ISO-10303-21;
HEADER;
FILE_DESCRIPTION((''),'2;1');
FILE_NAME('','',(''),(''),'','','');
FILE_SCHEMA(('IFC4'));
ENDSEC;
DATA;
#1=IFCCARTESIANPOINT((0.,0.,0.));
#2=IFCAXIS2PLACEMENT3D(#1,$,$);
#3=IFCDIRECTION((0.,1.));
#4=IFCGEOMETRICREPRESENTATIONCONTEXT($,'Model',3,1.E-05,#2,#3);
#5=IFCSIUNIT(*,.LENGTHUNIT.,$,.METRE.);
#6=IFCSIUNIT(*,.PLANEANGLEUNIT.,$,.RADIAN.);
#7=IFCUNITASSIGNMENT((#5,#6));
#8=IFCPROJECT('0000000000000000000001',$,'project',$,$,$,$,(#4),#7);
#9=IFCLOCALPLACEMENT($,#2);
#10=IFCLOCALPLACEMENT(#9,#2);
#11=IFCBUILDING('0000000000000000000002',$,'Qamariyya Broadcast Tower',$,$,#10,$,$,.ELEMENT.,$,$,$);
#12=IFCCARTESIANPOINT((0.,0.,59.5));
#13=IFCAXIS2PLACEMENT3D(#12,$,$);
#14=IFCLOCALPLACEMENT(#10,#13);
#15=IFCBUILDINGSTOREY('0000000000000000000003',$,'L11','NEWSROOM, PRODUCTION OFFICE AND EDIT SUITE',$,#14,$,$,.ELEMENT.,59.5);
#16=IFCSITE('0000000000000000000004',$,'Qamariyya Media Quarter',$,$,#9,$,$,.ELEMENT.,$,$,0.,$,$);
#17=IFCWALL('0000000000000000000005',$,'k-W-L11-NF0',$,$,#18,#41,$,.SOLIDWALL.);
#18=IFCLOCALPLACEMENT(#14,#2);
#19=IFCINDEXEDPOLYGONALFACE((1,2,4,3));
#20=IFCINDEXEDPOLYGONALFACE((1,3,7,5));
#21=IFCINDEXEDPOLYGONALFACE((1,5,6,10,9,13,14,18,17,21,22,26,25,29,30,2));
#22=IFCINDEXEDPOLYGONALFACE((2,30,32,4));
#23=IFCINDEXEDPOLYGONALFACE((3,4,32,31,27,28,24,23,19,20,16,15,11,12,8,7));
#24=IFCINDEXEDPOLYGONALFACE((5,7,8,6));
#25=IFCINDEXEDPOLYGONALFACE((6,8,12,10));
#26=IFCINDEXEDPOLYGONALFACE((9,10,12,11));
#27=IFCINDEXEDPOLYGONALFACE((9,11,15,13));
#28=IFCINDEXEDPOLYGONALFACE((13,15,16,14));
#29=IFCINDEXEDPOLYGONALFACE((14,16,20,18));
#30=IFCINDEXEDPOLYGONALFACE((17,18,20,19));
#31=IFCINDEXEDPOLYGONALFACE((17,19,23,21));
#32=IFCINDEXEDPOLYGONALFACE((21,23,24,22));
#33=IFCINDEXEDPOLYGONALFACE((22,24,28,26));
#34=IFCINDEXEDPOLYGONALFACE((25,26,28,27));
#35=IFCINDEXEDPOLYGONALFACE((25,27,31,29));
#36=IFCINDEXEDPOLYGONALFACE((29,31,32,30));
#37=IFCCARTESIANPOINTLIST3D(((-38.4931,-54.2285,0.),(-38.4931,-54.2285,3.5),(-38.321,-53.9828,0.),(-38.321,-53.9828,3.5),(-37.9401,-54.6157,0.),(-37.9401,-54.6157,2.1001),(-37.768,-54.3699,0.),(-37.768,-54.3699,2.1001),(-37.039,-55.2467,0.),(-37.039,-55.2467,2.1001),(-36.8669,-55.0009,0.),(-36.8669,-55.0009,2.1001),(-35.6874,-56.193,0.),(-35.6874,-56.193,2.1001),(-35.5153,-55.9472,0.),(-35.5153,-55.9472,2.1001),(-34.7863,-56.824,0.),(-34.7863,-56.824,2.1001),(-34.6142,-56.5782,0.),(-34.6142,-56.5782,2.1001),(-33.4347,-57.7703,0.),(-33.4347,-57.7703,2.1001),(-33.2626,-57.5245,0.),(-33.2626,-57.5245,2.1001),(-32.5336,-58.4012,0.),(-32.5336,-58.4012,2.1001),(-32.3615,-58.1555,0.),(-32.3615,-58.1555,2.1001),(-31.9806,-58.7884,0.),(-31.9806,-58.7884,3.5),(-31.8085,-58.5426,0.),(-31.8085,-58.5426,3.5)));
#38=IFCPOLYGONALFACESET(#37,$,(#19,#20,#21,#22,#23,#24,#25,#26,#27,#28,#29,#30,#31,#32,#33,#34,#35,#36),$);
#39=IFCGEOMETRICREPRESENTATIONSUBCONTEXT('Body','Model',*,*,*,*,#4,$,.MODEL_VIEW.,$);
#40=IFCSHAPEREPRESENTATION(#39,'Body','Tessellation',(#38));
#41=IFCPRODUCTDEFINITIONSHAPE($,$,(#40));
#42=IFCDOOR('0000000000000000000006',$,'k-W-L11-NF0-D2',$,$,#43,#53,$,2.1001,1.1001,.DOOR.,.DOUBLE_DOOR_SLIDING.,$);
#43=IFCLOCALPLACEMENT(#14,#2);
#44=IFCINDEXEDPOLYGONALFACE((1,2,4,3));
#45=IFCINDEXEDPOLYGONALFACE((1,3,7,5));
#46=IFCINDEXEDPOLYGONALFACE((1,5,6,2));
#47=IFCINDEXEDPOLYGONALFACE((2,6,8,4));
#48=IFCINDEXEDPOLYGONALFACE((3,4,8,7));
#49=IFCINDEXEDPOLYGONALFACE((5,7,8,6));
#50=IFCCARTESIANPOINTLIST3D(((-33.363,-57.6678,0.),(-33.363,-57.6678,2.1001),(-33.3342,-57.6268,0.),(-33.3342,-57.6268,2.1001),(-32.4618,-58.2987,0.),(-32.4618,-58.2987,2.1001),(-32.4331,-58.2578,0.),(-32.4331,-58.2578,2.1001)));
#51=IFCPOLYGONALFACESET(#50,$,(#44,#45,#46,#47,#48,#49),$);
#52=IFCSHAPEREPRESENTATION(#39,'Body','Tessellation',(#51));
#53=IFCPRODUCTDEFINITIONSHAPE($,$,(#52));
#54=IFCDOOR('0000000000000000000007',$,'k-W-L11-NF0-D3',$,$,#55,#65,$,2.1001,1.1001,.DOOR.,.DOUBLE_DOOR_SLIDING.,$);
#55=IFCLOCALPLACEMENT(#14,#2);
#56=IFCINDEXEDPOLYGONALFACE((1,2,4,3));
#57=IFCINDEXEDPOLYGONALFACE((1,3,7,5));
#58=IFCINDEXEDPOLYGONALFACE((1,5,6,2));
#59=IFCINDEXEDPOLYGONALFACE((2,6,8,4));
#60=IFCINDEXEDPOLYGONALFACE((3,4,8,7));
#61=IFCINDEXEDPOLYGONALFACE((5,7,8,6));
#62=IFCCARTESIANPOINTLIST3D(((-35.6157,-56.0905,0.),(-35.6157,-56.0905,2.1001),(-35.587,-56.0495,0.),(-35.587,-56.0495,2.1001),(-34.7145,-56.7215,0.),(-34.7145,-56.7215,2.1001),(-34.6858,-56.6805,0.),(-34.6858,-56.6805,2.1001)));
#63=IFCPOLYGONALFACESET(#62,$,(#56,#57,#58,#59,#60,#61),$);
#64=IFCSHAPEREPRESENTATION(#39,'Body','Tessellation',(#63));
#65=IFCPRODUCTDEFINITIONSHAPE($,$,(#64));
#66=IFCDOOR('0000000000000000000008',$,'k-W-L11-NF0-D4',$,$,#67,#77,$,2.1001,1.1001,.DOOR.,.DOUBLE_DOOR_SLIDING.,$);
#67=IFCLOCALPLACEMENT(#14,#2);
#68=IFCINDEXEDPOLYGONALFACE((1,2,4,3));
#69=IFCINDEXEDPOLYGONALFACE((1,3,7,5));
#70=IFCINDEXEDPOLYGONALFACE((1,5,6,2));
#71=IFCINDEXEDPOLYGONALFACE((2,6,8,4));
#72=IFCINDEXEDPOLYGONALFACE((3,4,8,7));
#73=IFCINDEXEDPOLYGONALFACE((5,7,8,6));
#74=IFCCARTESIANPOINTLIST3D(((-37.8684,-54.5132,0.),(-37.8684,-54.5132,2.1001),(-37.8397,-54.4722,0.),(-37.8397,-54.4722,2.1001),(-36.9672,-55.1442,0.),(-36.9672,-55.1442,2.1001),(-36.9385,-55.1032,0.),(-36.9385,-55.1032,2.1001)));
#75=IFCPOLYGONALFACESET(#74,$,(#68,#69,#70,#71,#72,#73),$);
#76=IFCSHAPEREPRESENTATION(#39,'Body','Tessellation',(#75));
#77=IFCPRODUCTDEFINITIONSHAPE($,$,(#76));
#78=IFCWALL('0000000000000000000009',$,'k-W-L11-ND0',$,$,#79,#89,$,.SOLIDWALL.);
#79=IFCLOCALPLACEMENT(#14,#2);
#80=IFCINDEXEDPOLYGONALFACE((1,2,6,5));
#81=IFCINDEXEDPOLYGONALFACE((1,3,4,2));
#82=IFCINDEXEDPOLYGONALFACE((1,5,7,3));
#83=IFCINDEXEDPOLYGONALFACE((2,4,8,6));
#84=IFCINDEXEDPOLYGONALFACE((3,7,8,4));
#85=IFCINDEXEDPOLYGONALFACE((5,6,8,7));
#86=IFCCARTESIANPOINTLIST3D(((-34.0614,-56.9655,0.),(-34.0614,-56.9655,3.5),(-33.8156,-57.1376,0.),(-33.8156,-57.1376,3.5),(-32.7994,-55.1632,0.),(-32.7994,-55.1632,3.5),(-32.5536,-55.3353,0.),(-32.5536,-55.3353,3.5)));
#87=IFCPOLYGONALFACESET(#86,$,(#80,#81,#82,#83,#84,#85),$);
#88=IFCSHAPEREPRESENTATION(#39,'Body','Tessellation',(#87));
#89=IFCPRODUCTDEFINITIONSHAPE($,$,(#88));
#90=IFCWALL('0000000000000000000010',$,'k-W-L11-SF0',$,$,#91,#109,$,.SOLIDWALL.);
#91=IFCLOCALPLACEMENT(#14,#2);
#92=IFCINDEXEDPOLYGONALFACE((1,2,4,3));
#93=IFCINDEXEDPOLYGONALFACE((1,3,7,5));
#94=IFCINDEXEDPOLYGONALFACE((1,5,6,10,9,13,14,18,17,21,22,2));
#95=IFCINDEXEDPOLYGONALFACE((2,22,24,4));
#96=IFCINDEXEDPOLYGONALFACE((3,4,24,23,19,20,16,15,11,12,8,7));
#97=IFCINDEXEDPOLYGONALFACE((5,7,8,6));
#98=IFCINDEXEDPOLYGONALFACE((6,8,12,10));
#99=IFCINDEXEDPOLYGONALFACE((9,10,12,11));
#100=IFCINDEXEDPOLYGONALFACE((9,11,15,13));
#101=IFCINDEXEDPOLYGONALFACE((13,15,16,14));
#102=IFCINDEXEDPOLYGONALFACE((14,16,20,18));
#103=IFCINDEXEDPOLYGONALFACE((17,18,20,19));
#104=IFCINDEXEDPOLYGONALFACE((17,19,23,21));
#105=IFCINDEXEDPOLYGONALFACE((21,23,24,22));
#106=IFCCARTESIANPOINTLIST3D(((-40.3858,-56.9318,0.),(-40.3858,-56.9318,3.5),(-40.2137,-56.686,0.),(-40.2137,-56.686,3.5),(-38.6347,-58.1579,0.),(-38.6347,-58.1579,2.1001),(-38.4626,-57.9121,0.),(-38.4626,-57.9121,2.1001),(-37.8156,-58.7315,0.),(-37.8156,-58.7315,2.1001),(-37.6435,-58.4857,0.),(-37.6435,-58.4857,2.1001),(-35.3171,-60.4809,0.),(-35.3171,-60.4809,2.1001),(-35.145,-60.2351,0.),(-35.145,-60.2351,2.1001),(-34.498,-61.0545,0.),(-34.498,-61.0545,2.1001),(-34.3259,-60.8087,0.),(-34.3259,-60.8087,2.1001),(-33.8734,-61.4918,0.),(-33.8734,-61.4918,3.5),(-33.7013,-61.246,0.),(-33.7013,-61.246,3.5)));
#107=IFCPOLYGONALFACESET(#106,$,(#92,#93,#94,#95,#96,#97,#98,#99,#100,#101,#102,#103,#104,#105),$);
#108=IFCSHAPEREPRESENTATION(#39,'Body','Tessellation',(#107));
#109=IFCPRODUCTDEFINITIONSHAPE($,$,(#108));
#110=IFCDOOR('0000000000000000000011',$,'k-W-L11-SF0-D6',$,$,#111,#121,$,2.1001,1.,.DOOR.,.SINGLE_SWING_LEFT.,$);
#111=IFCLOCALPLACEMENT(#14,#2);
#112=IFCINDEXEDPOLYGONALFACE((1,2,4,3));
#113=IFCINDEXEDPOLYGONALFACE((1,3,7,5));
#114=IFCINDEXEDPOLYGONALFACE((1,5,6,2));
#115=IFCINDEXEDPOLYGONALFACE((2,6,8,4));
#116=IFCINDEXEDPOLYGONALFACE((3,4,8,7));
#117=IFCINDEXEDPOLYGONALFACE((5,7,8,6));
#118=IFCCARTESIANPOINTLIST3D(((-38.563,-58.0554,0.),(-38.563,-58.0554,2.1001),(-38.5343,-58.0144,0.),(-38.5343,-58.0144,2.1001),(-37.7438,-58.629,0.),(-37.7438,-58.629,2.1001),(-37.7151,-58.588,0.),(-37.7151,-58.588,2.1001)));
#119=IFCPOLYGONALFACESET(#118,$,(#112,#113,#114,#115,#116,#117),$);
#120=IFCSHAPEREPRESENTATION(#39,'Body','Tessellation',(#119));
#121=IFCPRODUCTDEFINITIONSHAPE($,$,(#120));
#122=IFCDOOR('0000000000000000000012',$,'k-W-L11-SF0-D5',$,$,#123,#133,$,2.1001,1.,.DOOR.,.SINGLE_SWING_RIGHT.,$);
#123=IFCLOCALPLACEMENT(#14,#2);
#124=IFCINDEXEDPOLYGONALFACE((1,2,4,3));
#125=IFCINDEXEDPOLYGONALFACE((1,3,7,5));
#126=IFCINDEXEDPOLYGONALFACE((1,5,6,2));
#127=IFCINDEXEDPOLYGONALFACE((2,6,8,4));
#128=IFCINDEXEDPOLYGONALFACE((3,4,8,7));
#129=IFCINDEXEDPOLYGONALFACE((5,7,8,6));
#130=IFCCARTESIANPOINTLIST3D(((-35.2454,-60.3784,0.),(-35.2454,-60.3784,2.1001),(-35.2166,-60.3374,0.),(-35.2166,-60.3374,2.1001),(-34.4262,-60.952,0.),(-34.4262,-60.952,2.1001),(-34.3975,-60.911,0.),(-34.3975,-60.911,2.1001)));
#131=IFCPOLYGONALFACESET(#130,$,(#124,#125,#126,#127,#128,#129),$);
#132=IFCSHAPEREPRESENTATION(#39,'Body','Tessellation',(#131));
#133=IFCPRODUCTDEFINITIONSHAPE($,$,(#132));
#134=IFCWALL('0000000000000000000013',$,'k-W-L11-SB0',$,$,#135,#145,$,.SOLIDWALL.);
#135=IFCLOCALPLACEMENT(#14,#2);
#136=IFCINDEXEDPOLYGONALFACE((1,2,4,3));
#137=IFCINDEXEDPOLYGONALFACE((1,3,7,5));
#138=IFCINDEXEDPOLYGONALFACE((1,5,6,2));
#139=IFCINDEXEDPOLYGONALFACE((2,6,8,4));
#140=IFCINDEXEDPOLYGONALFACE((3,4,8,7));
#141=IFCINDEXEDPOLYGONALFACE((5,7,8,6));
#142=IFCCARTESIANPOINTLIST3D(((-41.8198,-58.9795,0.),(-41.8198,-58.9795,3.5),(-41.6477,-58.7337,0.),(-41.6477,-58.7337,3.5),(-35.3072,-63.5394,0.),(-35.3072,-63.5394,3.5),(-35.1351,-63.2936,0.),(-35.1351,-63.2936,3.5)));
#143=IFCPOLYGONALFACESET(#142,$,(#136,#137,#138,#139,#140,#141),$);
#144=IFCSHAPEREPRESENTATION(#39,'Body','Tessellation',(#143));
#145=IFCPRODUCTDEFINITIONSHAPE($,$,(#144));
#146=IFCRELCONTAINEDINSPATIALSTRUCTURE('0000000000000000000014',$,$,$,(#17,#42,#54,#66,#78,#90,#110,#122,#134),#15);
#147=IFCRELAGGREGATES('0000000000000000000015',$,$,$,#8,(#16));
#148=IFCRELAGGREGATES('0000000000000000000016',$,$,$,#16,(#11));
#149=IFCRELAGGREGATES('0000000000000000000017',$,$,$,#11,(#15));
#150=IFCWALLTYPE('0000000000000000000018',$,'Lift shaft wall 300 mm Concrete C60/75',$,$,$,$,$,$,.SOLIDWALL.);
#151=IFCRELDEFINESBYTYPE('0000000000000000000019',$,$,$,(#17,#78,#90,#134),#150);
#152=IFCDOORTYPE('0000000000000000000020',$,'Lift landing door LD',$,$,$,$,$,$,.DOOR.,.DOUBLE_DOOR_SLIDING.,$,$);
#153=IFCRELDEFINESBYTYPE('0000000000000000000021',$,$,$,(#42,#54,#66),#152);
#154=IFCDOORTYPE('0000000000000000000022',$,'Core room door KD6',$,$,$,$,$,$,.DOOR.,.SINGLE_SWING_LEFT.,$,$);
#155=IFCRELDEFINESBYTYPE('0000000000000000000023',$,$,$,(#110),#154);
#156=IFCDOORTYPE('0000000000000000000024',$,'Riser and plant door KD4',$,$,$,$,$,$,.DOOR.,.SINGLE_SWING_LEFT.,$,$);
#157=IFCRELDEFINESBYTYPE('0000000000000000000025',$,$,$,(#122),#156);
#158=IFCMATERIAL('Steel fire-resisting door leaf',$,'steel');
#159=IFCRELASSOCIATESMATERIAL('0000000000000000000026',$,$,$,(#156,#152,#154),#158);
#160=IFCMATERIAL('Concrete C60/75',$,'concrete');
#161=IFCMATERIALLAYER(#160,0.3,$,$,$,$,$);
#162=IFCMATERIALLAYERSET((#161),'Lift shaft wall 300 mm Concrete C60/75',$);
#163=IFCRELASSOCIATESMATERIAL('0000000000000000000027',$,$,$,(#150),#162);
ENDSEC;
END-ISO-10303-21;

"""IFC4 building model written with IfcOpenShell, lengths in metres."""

from ifc_helpers import new_model, si_unit, direction, frame, frame_2d, origin, place, context, subcontext, project, spatial, rectangle, extrude, material, layer, layer_set, type_object, element, fill, save


model = new_model("IFC4")

# Units and contexts
model_context = context("Model", 3, precision=1e-05, world=origin(), true_north=direction((0.0, 1.0)))
body_context = subcontext(model_context, "Body", "Model", "MODEL_VIEW")
ifc_project = project(units=[si_unit("LENGTHUNIT", "METRE"), si_unit("PLANEANGLEUNIT", "RADIAN")], contexts=[model_context])

# Site, building, storey
site_placement = place(None, origin())
site = spatial("IfcSite", under=ifc_project, at=site_placement, Name="Qamariyya Media Quarter", CompositionType="ELEMENT", RefElevation=0.0)
building_placement = place(site_placement, origin())
building = spatial("IfcBuilding", under=site, at=building_placement, Name="Qamariyya Broadcast Tower", CompositionType="ELEMENT")
storey_placement = place(building_placement, frame((0.0, 0.0, 59.5)))
storey = spatial("IfcBuildingStorey", under=building, at=storey_placement, Name="L11", Description="NEWSROOM, PRODUCTION OFFICE AND EDIT SUITE", CompositionType="ELEMENT", Elevation=59.5)

# Shared definitions
ifc_material_1 = material(Name="Steel fire-resisting door leaf", Category="steel")

# Shared definitions
door_type_1 = type_object("IfcDoorType", Name="Riser and plant door KD4", OperationType="SINGLE_SWING_LEFT", PredefinedType="DOOR", material=ifc_material_1)

# Wall, openings, doors
ifc_material_2 = material(Name="Concrete C60/75", Category="concrete")
ifc_layer_1 = layer(ifc_material_2, 0.3)
ifc_layer_set_1 = layer_set([ifc_layer_1], Name="Lift shaft wall 300 mm Concrete C60/75")
wall_type_1 = type_object("IfcWallType", Name="Lift shaft wall 300 mm Concrete C60/75", PredefinedType="SOLIDWALL", material=ifc_layer_set_1)
wall_1_placement = place(storey_placement, frame((-31.8945, -58.6655, 0.0), z_axis=(0.0, 0.0, 1.0), x_axis=(-0.819167, 0.573555, 0.0)))
wall_1 = element("IfcWall", 1, at=wall_1_placement, inside=storey, type_object=wall_type_1, Name="k-W-L11-NF0", PredefinedType="SOLIDWALL", context=body_context, shape_type="SweptSolid", body=[
    extrude(rectangle(XDim=7.9502, YDim=0.3, at=frame_2d((3.9751, 0.0))), origin(), (0.0, 0.0, 1.0), 3.5),
])
opening_1_placement = place(wall_1_placement, frame((0.675, 0.0, 0.0)))
opening_1 = element("IfcOpeningElement", 2, at=opening_1_placement, cuts=wall_1, PredefinedType="OPENING", context=body_context, shape_type="SweptSolid", body=[
    extrude(rectangle(XDim=1.1001, YDim=2.1001, at=frame_2d((0.55, 1.05))), frame((0.0, 0.1599, 0.0), z_axis=(0.0, -1.0, 0.0), x_axis=(1.0, 0.0, 0.0)), (0.0, 0.0, 1.0), 0.3201),
])
opening_2_placement = place(wall_1_placement, frame((3.425, 0.0, 0.0)))
opening_2 = element("IfcOpeningElement", 3, at=opening_2_placement, cuts=wall_1, PredefinedType="OPENING", context=body_context, shape_type="SweptSolid", body=[
    extrude(rectangle(XDim=1.1001, YDim=2.1001, at=frame_2d((0.55, 1.05))), frame((0.0, 0.1599, 0.0), z_axis=(0.0, -1.0, 0.0), x_axis=(1.0, 0.0, 0.0)), (0.0, 0.0, 1.0), 0.3201),
])
opening_3_placement = place(wall_1_placement, frame((6.175, 0.0, 0.0)))
opening_3 = element("IfcOpeningElement", 4, at=opening_3_placement, cuts=wall_1, PredefinedType="OPENING", context=body_context, shape_type="SweptSolid", body=[
    extrude(rectangle(XDim=1.1001, YDim=2.1001, at=frame_2d((0.55, 1.05))), frame((0.0, 0.1599, 0.0), z_axis=(0.0, -1.0, 0.0), x_axis=(1.0, 0.0, 0.0)), (0.0, 0.0, 1.0), 0.3201),
])
door_type_2 = type_object("IfcDoorType", Name="Lift landing door LD", OperationType="DOUBLE_DOOR_SLIDING", PredefinedType="DOOR", material=ifc_material_1)
door_1_placement = place(opening_1_placement, origin())
door_1 = element("IfcDoor", 5, at=door_1_placement, inside=storey, type_object=door_type_2, Name="k-W-L11-NF0-D2", OperationType="DOUBLE_DOOR_SLIDING", OverallHeight=2.1001, OverallWidth=1.1001, PredefinedType="DOOR", context=body_context, shape_type="SweptSolid", body=[
    extrude(rectangle(XDim=1.1001, YDim=2.1001, at=frame_2d((0.55, 1.05))), frame((0.0, 0.0249, 0.0), z_axis=(0.0, -1.0, 0.0), x_axis=(1.0, 0.0, 0.0)), (0.0, 0.0, 1.0), 0.05),
])
fill(opening_1, door_1)
door_2_placement = place(opening_2_placement, origin())
door_2 = element("IfcDoor", 6, at=door_2_placement, inside=storey, type_object=door_type_2, Name="k-W-L11-NF0-D3", OperationType="DOUBLE_DOOR_SLIDING", OverallHeight=2.1001, OverallWidth=1.1001, PredefinedType="DOOR", context=body_context, shape_type="SweptSolid", body=[
    extrude(rectangle(XDim=1.1001, YDim=2.1001, at=frame_2d((0.55, 1.05))), frame((0.0, 0.0249, 0.0), z_axis=(0.0, -1.0, 0.0), x_axis=(1.0, 0.0, 0.0)), (0.0, 0.0, 1.0), 0.05),
])
fill(opening_2, door_2)
door_3_placement = place(opening_3_placement, origin())
door_3 = element("IfcDoor", 7, at=door_3_placement, inside=storey, type_object=door_type_2, Name="k-W-L11-NF0-D4", OperationType="DOUBLE_DOOR_SLIDING", OverallHeight=2.1001, OverallWidth=1.1001, PredefinedType="DOOR", context=body_context, shape_type="SweptSolid", body=[
    extrude(rectangle(XDim=1.1001, YDim=2.1001, at=frame_2d((0.55, 1.05))), frame((0.0, 0.0249, 0.0), z_axis=(0.0, -1.0, 0.0), x_axis=(1.0, 0.0, 0.0)), (0.0, 0.0, 1.0), 0.05),
])
fill(opening_3, door_3)

# Wall
wall_2_placement = place(storey_placement, frame((-33.9385, -57.0515, 0.0), z_axis=(0.0, 0.0, 1.0), x_axis=(0.573581, 0.819149, 0.0)))
element("IfcWall", 8, at=wall_2_placement, inside=storey, type_object=wall_type_1, Name="k-W-L11-ND0", PredefinedType="SOLIDWALL", context=body_context, shape_type="SweptSolid", body=[
    extrude(rectangle(XDim=2.2002, YDim=0.3, at=frame_2d((1.1001, 0.0))), origin(), (0.0, 0.0, 1.0), 3.5),
])

# Wall, openings, doors
wall_3_placement = place(storey_placement, frame((-33.7874, -61.3689, 0.0), z_axis=(0.0, 0.0, 1.0), x_axis=(-0.819153, 0.573576, 0.0)))
wall_3 = element("IfcWall", 9, at=wall_3_placement, inside=storey, type_object=wall_type_1, Name="k-W-L11-SF0", PredefinedType="SOLIDWALL", context=body_context, shape_type="SweptSolid", body=[
    extrude(rectangle(XDim=7.9502, YDim=0.3, at=frame_2d((3.9751, 0.0))), origin(), (0.0, 0.0, 1.0), 3.5),
])
opening_4_placement = place(wall_3_placement, frame((0.7625, 0.0, 0.0)))
opening_4 = element("IfcOpeningElement", 10, at=opening_4_placement, cuts=wall_3, PredefinedType="OPENING", context=body_context, shape_type="SweptSolid", body=[
    extrude(rectangle(XDim=1.0, YDim=2.1001, at=frame_2d((0.5, 1.05))), frame((0.0, 0.1599, 0.0), z_axis=(0.0, -1.0, 0.0), x_axis=(1.0, 0.0, 0.0)), (0.0, 0.0, 1.0), 0.3201),
])
opening_5_placement = place(wall_3_placement, frame((4.8125, 0.0, 0.0)))
opening_5 = element("IfcOpeningElement", 11, at=opening_5_placement, cuts=wall_3, PredefinedType="OPENING", context=body_context, shape_type="SweptSolid", body=[
    extrude(rectangle(XDim=1.0, YDim=2.1001, at=frame_2d((0.5, 1.05))), frame((0.0, 0.1599, 0.0), z_axis=(0.0, -1.0, 0.0), x_axis=(1.0, 0.0, 0.0)), (0.0, 0.0, 1.0), 0.3201),
])
door_type_3 = type_object("IfcDoorType", Name="Core room door KD6", OperationType="SINGLE_SWING_LEFT", PredefinedType="DOOR", material=ifc_material_1)
door_4_placement = place(opening_5_placement, origin())
door_4 = element("IfcDoor", 12, at=door_4_placement, inside=storey, type_object=door_type_3, Name="k-W-L11-SF0-D6", OperationType="SINGLE_SWING_LEFT", OverallHeight=2.1001, OverallWidth=1.0, PredefinedType="DOOR", context=body_context, shape_type="SweptSolid", body=[
    extrude(rectangle(XDim=1.0, YDim=2.1001, at=frame_2d((0.5, 1.05))), frame((0.0, 0.0249, 0.0), z_axis=(0.0, -1.0, 0.0), x_axis=(1.0, 0.0, 0.0)), (0.0, 0.0, 1.0), 0.05),
])
fill(opening_5, door_4)
door_5_placement = place(opening_4_placement, origin())
door_5 = element("IfcDoor", 13, at=door_5_placement, inside=storey, type_object=door_type_1, Name="k-W-L11-SF0-D5", OperationType="SINGLE_SWING_RIGHT", OverallHeight=2.1001, OverallWidth=1.0, PredefinedType="DOOR", context=body_context, shape_type="SweptSolid", body=[
    extrude(rectangle(XDim=1.0, YDim=2.1001, at=frame_2d((0.5, 1.05))), frame((0.0, 0.0249, 0.0), z_axis=(0.0, -1.0, 0.0), x_axis=(1.0, 0.0, 0.0)), (0.0, 0.0, 1.0), 0.05),
])
fill(opening_4, door_5)

# Wall
wall_4_placement = place(storey_placement, frame((-35.2212, -63.4165, 0.0), z_axis=(0.0, 0.0, 1.0), x_axis=(-0.819167, 0.573555, 0.0)))
element("IfcWall", 14, at=wall_4_placement, inside=storey, type_object=wall_type_1, Name="k-W-L11-SB0", PredefinedType="SOLIDWALL", context=body_context, shape_type="SweptSolid", body=[
    extrude(rectangle(XDim=7.9502, YDim=0.3, at=frame_2d((3.9751, 0.0))), origin(), (0.0, 0.0, 1.0), 3.5),
])

save(model, "model.ifc")
